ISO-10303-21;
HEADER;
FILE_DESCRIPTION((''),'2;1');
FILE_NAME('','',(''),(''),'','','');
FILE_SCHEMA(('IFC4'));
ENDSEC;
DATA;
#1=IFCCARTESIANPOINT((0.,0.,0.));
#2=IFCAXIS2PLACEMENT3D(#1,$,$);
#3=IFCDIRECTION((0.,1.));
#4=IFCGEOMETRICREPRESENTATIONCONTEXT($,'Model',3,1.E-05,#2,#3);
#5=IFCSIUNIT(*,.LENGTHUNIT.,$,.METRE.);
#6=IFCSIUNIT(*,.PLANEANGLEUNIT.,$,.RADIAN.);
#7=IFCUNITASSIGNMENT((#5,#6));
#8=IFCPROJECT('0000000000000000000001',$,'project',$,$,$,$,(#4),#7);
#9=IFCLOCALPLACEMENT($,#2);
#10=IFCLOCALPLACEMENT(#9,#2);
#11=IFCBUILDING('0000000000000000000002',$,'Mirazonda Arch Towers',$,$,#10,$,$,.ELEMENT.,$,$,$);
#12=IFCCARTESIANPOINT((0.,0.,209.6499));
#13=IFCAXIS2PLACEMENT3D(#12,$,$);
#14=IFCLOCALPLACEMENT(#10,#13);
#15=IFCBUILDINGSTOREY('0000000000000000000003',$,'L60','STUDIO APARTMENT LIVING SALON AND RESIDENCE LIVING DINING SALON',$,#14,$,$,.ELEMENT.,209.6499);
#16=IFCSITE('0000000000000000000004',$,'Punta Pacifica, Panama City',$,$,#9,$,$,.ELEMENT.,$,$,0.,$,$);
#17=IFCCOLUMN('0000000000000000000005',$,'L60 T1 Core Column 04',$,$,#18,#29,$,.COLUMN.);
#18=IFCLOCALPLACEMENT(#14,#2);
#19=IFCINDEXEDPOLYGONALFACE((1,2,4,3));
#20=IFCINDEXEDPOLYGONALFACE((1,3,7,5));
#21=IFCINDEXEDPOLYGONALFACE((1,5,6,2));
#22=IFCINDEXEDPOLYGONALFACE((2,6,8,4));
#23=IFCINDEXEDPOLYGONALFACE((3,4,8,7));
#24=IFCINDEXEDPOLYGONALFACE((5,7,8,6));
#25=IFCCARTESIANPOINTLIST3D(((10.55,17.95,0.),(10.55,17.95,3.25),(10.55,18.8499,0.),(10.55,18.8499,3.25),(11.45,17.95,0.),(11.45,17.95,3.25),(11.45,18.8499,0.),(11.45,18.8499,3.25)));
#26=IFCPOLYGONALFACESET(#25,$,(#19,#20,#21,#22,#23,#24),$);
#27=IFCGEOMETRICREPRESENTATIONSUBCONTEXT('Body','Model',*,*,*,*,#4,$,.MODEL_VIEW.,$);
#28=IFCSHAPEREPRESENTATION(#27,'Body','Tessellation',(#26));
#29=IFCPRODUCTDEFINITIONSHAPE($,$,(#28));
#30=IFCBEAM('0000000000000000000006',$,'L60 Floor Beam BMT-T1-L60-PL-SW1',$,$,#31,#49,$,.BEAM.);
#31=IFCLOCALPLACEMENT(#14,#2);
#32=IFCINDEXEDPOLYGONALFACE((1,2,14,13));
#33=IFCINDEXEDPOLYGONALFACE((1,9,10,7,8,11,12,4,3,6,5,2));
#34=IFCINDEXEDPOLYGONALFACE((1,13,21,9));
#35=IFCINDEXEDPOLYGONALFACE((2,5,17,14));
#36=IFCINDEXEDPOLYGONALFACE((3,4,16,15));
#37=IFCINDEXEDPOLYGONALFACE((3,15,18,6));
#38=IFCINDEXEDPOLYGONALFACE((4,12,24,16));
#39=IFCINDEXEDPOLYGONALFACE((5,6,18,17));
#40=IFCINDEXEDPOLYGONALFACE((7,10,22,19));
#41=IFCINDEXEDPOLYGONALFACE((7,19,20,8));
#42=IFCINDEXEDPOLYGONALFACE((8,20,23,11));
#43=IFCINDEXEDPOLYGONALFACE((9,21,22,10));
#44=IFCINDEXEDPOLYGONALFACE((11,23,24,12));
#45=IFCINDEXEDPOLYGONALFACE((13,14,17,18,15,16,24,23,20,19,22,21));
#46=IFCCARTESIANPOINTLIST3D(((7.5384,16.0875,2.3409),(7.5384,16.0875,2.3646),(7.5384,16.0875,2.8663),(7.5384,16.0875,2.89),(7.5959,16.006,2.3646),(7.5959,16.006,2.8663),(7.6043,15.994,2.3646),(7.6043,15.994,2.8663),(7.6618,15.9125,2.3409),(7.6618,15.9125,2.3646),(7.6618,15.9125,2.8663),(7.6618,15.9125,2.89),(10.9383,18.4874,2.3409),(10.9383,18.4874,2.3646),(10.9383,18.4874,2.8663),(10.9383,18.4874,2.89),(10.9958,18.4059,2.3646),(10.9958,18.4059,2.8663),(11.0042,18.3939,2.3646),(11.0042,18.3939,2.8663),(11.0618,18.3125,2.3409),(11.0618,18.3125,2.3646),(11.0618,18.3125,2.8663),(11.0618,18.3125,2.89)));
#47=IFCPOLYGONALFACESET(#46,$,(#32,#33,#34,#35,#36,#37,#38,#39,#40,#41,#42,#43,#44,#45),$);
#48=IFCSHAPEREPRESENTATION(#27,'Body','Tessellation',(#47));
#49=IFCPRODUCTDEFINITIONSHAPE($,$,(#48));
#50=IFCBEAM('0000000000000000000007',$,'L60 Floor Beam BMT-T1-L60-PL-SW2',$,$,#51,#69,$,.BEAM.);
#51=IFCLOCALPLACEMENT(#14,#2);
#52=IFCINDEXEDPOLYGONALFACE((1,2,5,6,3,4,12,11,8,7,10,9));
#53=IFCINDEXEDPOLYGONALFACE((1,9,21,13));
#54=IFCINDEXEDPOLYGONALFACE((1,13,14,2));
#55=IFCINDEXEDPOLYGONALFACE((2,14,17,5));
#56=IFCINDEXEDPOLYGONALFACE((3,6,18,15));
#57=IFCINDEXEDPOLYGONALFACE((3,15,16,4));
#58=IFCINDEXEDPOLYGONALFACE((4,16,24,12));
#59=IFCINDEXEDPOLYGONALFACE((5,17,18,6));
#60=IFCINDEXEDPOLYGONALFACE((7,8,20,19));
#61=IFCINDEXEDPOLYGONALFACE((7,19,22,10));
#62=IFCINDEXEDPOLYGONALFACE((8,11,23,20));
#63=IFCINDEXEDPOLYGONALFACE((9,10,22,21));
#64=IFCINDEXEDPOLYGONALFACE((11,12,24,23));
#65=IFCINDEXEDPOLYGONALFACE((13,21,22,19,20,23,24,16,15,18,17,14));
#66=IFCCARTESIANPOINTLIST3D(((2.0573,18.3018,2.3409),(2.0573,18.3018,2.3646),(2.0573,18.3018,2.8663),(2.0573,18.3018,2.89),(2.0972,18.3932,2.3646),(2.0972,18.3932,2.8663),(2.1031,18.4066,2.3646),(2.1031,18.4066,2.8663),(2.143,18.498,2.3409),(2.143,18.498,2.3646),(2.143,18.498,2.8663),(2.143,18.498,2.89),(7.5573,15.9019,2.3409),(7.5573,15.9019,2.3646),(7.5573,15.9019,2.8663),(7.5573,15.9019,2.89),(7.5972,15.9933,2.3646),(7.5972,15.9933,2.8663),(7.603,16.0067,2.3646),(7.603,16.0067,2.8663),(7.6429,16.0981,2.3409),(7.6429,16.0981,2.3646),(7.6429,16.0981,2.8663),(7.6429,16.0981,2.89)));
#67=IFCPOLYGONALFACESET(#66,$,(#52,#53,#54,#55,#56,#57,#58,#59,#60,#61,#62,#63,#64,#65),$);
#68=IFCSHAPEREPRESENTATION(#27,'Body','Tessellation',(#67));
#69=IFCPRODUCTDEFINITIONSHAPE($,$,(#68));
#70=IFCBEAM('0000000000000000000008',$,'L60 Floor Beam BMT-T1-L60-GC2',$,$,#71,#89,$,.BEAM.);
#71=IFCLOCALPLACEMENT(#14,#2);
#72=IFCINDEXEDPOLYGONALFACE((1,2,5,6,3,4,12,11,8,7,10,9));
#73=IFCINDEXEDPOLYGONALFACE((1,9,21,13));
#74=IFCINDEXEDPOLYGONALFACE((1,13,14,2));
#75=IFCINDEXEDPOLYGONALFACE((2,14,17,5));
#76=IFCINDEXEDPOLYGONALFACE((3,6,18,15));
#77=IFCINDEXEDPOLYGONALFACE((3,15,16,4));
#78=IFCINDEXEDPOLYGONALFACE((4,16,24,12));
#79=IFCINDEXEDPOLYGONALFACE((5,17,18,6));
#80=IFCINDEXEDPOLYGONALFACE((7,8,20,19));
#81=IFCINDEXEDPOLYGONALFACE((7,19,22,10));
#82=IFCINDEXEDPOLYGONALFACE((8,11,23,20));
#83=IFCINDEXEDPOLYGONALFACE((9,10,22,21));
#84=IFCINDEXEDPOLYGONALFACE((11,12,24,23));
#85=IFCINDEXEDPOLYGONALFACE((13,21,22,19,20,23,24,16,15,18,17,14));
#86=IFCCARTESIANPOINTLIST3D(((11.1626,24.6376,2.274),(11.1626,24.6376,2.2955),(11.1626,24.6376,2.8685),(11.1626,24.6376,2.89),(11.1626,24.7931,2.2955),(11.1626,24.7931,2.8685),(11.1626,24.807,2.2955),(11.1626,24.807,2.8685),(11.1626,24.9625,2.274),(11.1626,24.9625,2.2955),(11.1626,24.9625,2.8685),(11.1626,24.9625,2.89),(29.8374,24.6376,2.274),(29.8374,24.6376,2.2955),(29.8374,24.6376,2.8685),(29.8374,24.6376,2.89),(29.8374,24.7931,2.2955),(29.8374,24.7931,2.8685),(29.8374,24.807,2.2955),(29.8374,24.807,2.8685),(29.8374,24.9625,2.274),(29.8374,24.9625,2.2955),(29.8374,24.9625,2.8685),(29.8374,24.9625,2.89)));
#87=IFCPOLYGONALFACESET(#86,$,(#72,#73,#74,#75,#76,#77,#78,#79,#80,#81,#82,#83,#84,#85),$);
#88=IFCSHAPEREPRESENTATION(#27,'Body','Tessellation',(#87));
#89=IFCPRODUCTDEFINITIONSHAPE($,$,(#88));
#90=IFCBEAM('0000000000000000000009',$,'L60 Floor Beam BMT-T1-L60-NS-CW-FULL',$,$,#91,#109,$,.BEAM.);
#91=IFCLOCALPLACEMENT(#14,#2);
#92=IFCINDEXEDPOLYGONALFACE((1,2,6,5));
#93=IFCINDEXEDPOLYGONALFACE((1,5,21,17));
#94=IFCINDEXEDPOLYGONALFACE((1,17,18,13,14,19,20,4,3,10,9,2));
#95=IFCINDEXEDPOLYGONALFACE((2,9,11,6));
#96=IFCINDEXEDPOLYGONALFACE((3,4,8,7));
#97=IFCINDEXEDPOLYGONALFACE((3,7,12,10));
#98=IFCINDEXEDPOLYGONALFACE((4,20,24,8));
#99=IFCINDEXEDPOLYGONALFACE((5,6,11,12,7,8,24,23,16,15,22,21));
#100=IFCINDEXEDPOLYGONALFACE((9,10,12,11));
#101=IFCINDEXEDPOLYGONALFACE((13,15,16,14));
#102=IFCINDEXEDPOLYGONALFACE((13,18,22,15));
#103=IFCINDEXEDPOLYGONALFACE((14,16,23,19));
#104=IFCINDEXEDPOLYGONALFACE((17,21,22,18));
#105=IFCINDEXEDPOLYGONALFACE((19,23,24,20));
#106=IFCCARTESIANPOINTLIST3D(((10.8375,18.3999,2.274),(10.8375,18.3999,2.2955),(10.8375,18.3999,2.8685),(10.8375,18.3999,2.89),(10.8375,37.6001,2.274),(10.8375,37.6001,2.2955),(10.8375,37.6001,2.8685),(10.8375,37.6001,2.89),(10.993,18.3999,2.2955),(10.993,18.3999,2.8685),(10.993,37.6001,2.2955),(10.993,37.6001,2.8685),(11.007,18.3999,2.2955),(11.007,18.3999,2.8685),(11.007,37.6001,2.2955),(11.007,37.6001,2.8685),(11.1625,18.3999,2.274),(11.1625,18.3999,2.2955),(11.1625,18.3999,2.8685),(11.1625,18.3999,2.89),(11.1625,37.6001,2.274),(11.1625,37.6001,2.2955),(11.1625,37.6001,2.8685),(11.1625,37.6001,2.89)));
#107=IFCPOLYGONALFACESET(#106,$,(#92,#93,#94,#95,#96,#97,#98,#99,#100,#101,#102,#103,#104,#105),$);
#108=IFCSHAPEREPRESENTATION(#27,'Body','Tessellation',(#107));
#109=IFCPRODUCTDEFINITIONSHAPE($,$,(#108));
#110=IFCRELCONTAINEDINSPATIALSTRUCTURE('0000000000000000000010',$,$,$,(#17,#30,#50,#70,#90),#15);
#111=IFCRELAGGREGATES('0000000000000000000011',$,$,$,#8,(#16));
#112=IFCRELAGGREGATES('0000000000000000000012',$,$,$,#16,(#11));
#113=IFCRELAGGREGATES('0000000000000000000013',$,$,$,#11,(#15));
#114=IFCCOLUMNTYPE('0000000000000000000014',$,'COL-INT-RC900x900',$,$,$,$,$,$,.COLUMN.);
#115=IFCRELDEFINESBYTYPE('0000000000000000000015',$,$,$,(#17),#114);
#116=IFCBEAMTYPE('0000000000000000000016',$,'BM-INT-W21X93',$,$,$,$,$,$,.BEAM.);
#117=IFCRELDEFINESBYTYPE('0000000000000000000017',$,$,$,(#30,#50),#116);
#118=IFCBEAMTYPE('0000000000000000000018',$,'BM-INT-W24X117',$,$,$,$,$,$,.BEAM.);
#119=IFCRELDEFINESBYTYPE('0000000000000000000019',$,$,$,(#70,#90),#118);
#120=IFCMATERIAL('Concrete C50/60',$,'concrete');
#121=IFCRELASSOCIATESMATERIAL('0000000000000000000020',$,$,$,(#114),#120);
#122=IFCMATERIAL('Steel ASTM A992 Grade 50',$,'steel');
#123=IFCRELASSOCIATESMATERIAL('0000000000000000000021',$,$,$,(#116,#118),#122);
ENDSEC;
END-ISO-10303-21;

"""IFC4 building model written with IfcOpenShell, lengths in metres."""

from ifc_helpers import new_model, si_unit, direction, frame, origin, origin_2d, place, context, subcontext, project, spatial, rectangle, i_section, extrude, material, material_profile, profile_set, type_object, element, save


model = new_model("IFC4")

# Units and contexts
model_context = context("Model", 3, precision=1e-05, world=origin(), true_north=direction((0.0, 1.0)))
body_context = subcontext(model_context, "Body", "Model", "MODEL_VIEW")
ifc_project = project(units=[si_unit("LENGTHUNIT", "METRE"), si_unit("PLANEANGLEUNIT", "RADIAN")], contexts=[model_context])

# Site, building, storey
site_placement = place(None, origin())
site = spatial("IfcSite", under=ifc_project, at=site_placement, Name="Punta Pacifica, Panama City", CompositionType="ELEMENT", RefElevation=0.0)
building_placement = place(site_placement, origin())
building = spatial("IfcBuilding", under=site, at=building_placement, Name="Mirazonda Arch Towers", CompositionType="ELEMENT")
storey_placement = place(building_placement, frame((0.0, 0.0, 209.6499)))
storey = spatial("IfcBuildingStorey", under=building, at=storey_placement, Name="L60", Description="STUDIO APARTMENT LIVING SALON AND RESIDENCE LIVING DINING SALON", CompositionType="ELEMENT", Elevation=209.6499)

# Column
ifc_material_1 = material(Name="Concrete C50/60", Category="concrete")
ifc_material_profile_1 = material_profile(ifc_material_1, rectangle(XDim=0.8999, YDim=0.8999, at=origin_2d()), Name="RC900x900")
ifc_profile_set_1 = profile_set([ifc_material_profile_1], Name="Concrete C50/60")
column_type = type_object("IfcColumnType", Name="COL-INT-RC900x900", PredefinedType="COLUMN", material=ifc_profile_set_1)
column_placement = place(storey_placement, frame((11.0, 18.3999, 0.0), z_axis=(0.0, 0.0, 1.0), x_axis=(1.0, 0.0, 0.0)))
element("IfcColumn", 1, at=column_placement, inside=storey, type_object=column_type, Name="L60 T1 Core Column 04", PredefinedType="COLUMN", context=body_context, shape_type="SweptSolid", body=[
    extrude(rectangle(XDim=0.8999, YDim=0.8999, at=origin_2d()), origin(), (0.0, 0.0, 1.0), 3.25),
])

# Beams
ifc_material_2 = material(Name="Steel ASTM A992 Grade 50", Category="steel")
ifc_material_profile_2 = material_profile(ifc_material_2, i_section(OverallWidth=0.2141, OverallDepth=0.5491, WebThickness=0.0146, FlangeThickness=0.0237, at=origin_2d()), Name="W21X93")
ifc_profile_set_2 = profile_set([ifc_material_profile_2], Name="Steel ASTM A992 Grade 50")
beam_type_1 = type_object("IfcBeamType", Name="BM-INT-W21X93", PredefinedType="BEAM", material=ifc_profile_set_2)
beam_1_placement = place(storey_placement, frame((7.6001, 16.0, 2.6155), z_axis=(0.816971, 0.576679, 0.0), x_axis=(-0.576679, 0.816971, 0.0)))
element("IfcBeam", 2, at=beam_1_placement, inside=storey, type_object=beam_type_1, Name="L60 Floor Beam BMT-T1-L60-PL-SW1", PredefinedType="BEAM", context=body_context, shape_type="SweptSolid", body=[
    extrude(i_section(OverallWidth=0.2141, OverallDepth=0.5491, WebThickness=0.0146, FlangeThickness=0.0237, at=origin_2d()), origin(), (0.0, 0.0, 1.0), 4.1616),
])
beam_2_placement = place(storey_placement, frame((7.6001, 16.0, 2.6155), z_axis=(-0.916545, 0.399931, 0.0), x_axis=(-0.399931, -0.916545, 0.0)))
element("IfcBeam", 3, at=beam_2_placement, inside=storey, type_object=beam_type_1, Name="L60 Floor Beam BMT-T1-L60-PL-SW2", PredefinedType="BEAM", context=body_context, shape_type="SweptSolid", body=[
    extrude(i_section(OverallWidth=0.2141, OverallDepth=0.5491, WebThickness=0.0146, FlangeThickness=0.0237, at=origin_2d()), origin(), (0.0, 0.0, 1.0), 6.0007),
])
ifc_material_profile_3 = material_profile(ifc_material_2, i_section(OverallWidth=0.325, OverallDepth=0.616, WebThickness=0.0139, FlangeThickness=0.0215, at=origin_2d()), Name="W24X117")
ifc_profile_set_3 = profile_set([ifc_material_profile_3], Name="Steel ASTM A992 Grade 50")
beam_type_2 = type_object("IfcBeamType", Name="BM-INT-W24X117", PredefinedType="BEAM", material=ifc_profile_set_3)
beam_3_placement = place(storey_placement, frame((11.1626, 24.8, 2.582), z_axis=(1.0, 0.0, 0.0), x_axis=(0.0, 1.0, 0.0)))
element("IfcBeam", 4, at=beam_3_placement, inside=storey, type_object=beam_type_2, Name="L60 Floor Beam BMT-T1-L60-GC2", PredefinedType="BEAM", context=body_context, shape_type="SweptSolid", body=[
    extrude(i_section(OverallWidth=0.325, OverallDepth=0.616, WebThickness=0.0139, FlangeThickness=0.0215, at=origin_2d()), origin(), (0.0, 0.0, 1.0), 18.6748),
])
beam_4_placement = place(storey_placement, frame((11.0, 18.3999, 2.582), z_axis=(0.0, 1.0, 0.0), x_axis=(-1.0, 0.0, 0.0)))
element("IfcBeam", 5, at=beam_4_placement, inside=storey, type_object=beam_type_2, Name="L60 Floor Beam BMT-T1-L60-NS-CW-FULL", PredefinedType="BEAM", context=body_context, shape_type="SweptSolid", body=[
    extrude(i_section(OverallWidth=0.325, OverallDepth=0.616, WebThickness=0.0139, FlangeThickness=0.0215, at=origin_2d()), origin(), (0.0, 0.0, 1.0), 19.2002),
])

save(model, "model.ifc")
